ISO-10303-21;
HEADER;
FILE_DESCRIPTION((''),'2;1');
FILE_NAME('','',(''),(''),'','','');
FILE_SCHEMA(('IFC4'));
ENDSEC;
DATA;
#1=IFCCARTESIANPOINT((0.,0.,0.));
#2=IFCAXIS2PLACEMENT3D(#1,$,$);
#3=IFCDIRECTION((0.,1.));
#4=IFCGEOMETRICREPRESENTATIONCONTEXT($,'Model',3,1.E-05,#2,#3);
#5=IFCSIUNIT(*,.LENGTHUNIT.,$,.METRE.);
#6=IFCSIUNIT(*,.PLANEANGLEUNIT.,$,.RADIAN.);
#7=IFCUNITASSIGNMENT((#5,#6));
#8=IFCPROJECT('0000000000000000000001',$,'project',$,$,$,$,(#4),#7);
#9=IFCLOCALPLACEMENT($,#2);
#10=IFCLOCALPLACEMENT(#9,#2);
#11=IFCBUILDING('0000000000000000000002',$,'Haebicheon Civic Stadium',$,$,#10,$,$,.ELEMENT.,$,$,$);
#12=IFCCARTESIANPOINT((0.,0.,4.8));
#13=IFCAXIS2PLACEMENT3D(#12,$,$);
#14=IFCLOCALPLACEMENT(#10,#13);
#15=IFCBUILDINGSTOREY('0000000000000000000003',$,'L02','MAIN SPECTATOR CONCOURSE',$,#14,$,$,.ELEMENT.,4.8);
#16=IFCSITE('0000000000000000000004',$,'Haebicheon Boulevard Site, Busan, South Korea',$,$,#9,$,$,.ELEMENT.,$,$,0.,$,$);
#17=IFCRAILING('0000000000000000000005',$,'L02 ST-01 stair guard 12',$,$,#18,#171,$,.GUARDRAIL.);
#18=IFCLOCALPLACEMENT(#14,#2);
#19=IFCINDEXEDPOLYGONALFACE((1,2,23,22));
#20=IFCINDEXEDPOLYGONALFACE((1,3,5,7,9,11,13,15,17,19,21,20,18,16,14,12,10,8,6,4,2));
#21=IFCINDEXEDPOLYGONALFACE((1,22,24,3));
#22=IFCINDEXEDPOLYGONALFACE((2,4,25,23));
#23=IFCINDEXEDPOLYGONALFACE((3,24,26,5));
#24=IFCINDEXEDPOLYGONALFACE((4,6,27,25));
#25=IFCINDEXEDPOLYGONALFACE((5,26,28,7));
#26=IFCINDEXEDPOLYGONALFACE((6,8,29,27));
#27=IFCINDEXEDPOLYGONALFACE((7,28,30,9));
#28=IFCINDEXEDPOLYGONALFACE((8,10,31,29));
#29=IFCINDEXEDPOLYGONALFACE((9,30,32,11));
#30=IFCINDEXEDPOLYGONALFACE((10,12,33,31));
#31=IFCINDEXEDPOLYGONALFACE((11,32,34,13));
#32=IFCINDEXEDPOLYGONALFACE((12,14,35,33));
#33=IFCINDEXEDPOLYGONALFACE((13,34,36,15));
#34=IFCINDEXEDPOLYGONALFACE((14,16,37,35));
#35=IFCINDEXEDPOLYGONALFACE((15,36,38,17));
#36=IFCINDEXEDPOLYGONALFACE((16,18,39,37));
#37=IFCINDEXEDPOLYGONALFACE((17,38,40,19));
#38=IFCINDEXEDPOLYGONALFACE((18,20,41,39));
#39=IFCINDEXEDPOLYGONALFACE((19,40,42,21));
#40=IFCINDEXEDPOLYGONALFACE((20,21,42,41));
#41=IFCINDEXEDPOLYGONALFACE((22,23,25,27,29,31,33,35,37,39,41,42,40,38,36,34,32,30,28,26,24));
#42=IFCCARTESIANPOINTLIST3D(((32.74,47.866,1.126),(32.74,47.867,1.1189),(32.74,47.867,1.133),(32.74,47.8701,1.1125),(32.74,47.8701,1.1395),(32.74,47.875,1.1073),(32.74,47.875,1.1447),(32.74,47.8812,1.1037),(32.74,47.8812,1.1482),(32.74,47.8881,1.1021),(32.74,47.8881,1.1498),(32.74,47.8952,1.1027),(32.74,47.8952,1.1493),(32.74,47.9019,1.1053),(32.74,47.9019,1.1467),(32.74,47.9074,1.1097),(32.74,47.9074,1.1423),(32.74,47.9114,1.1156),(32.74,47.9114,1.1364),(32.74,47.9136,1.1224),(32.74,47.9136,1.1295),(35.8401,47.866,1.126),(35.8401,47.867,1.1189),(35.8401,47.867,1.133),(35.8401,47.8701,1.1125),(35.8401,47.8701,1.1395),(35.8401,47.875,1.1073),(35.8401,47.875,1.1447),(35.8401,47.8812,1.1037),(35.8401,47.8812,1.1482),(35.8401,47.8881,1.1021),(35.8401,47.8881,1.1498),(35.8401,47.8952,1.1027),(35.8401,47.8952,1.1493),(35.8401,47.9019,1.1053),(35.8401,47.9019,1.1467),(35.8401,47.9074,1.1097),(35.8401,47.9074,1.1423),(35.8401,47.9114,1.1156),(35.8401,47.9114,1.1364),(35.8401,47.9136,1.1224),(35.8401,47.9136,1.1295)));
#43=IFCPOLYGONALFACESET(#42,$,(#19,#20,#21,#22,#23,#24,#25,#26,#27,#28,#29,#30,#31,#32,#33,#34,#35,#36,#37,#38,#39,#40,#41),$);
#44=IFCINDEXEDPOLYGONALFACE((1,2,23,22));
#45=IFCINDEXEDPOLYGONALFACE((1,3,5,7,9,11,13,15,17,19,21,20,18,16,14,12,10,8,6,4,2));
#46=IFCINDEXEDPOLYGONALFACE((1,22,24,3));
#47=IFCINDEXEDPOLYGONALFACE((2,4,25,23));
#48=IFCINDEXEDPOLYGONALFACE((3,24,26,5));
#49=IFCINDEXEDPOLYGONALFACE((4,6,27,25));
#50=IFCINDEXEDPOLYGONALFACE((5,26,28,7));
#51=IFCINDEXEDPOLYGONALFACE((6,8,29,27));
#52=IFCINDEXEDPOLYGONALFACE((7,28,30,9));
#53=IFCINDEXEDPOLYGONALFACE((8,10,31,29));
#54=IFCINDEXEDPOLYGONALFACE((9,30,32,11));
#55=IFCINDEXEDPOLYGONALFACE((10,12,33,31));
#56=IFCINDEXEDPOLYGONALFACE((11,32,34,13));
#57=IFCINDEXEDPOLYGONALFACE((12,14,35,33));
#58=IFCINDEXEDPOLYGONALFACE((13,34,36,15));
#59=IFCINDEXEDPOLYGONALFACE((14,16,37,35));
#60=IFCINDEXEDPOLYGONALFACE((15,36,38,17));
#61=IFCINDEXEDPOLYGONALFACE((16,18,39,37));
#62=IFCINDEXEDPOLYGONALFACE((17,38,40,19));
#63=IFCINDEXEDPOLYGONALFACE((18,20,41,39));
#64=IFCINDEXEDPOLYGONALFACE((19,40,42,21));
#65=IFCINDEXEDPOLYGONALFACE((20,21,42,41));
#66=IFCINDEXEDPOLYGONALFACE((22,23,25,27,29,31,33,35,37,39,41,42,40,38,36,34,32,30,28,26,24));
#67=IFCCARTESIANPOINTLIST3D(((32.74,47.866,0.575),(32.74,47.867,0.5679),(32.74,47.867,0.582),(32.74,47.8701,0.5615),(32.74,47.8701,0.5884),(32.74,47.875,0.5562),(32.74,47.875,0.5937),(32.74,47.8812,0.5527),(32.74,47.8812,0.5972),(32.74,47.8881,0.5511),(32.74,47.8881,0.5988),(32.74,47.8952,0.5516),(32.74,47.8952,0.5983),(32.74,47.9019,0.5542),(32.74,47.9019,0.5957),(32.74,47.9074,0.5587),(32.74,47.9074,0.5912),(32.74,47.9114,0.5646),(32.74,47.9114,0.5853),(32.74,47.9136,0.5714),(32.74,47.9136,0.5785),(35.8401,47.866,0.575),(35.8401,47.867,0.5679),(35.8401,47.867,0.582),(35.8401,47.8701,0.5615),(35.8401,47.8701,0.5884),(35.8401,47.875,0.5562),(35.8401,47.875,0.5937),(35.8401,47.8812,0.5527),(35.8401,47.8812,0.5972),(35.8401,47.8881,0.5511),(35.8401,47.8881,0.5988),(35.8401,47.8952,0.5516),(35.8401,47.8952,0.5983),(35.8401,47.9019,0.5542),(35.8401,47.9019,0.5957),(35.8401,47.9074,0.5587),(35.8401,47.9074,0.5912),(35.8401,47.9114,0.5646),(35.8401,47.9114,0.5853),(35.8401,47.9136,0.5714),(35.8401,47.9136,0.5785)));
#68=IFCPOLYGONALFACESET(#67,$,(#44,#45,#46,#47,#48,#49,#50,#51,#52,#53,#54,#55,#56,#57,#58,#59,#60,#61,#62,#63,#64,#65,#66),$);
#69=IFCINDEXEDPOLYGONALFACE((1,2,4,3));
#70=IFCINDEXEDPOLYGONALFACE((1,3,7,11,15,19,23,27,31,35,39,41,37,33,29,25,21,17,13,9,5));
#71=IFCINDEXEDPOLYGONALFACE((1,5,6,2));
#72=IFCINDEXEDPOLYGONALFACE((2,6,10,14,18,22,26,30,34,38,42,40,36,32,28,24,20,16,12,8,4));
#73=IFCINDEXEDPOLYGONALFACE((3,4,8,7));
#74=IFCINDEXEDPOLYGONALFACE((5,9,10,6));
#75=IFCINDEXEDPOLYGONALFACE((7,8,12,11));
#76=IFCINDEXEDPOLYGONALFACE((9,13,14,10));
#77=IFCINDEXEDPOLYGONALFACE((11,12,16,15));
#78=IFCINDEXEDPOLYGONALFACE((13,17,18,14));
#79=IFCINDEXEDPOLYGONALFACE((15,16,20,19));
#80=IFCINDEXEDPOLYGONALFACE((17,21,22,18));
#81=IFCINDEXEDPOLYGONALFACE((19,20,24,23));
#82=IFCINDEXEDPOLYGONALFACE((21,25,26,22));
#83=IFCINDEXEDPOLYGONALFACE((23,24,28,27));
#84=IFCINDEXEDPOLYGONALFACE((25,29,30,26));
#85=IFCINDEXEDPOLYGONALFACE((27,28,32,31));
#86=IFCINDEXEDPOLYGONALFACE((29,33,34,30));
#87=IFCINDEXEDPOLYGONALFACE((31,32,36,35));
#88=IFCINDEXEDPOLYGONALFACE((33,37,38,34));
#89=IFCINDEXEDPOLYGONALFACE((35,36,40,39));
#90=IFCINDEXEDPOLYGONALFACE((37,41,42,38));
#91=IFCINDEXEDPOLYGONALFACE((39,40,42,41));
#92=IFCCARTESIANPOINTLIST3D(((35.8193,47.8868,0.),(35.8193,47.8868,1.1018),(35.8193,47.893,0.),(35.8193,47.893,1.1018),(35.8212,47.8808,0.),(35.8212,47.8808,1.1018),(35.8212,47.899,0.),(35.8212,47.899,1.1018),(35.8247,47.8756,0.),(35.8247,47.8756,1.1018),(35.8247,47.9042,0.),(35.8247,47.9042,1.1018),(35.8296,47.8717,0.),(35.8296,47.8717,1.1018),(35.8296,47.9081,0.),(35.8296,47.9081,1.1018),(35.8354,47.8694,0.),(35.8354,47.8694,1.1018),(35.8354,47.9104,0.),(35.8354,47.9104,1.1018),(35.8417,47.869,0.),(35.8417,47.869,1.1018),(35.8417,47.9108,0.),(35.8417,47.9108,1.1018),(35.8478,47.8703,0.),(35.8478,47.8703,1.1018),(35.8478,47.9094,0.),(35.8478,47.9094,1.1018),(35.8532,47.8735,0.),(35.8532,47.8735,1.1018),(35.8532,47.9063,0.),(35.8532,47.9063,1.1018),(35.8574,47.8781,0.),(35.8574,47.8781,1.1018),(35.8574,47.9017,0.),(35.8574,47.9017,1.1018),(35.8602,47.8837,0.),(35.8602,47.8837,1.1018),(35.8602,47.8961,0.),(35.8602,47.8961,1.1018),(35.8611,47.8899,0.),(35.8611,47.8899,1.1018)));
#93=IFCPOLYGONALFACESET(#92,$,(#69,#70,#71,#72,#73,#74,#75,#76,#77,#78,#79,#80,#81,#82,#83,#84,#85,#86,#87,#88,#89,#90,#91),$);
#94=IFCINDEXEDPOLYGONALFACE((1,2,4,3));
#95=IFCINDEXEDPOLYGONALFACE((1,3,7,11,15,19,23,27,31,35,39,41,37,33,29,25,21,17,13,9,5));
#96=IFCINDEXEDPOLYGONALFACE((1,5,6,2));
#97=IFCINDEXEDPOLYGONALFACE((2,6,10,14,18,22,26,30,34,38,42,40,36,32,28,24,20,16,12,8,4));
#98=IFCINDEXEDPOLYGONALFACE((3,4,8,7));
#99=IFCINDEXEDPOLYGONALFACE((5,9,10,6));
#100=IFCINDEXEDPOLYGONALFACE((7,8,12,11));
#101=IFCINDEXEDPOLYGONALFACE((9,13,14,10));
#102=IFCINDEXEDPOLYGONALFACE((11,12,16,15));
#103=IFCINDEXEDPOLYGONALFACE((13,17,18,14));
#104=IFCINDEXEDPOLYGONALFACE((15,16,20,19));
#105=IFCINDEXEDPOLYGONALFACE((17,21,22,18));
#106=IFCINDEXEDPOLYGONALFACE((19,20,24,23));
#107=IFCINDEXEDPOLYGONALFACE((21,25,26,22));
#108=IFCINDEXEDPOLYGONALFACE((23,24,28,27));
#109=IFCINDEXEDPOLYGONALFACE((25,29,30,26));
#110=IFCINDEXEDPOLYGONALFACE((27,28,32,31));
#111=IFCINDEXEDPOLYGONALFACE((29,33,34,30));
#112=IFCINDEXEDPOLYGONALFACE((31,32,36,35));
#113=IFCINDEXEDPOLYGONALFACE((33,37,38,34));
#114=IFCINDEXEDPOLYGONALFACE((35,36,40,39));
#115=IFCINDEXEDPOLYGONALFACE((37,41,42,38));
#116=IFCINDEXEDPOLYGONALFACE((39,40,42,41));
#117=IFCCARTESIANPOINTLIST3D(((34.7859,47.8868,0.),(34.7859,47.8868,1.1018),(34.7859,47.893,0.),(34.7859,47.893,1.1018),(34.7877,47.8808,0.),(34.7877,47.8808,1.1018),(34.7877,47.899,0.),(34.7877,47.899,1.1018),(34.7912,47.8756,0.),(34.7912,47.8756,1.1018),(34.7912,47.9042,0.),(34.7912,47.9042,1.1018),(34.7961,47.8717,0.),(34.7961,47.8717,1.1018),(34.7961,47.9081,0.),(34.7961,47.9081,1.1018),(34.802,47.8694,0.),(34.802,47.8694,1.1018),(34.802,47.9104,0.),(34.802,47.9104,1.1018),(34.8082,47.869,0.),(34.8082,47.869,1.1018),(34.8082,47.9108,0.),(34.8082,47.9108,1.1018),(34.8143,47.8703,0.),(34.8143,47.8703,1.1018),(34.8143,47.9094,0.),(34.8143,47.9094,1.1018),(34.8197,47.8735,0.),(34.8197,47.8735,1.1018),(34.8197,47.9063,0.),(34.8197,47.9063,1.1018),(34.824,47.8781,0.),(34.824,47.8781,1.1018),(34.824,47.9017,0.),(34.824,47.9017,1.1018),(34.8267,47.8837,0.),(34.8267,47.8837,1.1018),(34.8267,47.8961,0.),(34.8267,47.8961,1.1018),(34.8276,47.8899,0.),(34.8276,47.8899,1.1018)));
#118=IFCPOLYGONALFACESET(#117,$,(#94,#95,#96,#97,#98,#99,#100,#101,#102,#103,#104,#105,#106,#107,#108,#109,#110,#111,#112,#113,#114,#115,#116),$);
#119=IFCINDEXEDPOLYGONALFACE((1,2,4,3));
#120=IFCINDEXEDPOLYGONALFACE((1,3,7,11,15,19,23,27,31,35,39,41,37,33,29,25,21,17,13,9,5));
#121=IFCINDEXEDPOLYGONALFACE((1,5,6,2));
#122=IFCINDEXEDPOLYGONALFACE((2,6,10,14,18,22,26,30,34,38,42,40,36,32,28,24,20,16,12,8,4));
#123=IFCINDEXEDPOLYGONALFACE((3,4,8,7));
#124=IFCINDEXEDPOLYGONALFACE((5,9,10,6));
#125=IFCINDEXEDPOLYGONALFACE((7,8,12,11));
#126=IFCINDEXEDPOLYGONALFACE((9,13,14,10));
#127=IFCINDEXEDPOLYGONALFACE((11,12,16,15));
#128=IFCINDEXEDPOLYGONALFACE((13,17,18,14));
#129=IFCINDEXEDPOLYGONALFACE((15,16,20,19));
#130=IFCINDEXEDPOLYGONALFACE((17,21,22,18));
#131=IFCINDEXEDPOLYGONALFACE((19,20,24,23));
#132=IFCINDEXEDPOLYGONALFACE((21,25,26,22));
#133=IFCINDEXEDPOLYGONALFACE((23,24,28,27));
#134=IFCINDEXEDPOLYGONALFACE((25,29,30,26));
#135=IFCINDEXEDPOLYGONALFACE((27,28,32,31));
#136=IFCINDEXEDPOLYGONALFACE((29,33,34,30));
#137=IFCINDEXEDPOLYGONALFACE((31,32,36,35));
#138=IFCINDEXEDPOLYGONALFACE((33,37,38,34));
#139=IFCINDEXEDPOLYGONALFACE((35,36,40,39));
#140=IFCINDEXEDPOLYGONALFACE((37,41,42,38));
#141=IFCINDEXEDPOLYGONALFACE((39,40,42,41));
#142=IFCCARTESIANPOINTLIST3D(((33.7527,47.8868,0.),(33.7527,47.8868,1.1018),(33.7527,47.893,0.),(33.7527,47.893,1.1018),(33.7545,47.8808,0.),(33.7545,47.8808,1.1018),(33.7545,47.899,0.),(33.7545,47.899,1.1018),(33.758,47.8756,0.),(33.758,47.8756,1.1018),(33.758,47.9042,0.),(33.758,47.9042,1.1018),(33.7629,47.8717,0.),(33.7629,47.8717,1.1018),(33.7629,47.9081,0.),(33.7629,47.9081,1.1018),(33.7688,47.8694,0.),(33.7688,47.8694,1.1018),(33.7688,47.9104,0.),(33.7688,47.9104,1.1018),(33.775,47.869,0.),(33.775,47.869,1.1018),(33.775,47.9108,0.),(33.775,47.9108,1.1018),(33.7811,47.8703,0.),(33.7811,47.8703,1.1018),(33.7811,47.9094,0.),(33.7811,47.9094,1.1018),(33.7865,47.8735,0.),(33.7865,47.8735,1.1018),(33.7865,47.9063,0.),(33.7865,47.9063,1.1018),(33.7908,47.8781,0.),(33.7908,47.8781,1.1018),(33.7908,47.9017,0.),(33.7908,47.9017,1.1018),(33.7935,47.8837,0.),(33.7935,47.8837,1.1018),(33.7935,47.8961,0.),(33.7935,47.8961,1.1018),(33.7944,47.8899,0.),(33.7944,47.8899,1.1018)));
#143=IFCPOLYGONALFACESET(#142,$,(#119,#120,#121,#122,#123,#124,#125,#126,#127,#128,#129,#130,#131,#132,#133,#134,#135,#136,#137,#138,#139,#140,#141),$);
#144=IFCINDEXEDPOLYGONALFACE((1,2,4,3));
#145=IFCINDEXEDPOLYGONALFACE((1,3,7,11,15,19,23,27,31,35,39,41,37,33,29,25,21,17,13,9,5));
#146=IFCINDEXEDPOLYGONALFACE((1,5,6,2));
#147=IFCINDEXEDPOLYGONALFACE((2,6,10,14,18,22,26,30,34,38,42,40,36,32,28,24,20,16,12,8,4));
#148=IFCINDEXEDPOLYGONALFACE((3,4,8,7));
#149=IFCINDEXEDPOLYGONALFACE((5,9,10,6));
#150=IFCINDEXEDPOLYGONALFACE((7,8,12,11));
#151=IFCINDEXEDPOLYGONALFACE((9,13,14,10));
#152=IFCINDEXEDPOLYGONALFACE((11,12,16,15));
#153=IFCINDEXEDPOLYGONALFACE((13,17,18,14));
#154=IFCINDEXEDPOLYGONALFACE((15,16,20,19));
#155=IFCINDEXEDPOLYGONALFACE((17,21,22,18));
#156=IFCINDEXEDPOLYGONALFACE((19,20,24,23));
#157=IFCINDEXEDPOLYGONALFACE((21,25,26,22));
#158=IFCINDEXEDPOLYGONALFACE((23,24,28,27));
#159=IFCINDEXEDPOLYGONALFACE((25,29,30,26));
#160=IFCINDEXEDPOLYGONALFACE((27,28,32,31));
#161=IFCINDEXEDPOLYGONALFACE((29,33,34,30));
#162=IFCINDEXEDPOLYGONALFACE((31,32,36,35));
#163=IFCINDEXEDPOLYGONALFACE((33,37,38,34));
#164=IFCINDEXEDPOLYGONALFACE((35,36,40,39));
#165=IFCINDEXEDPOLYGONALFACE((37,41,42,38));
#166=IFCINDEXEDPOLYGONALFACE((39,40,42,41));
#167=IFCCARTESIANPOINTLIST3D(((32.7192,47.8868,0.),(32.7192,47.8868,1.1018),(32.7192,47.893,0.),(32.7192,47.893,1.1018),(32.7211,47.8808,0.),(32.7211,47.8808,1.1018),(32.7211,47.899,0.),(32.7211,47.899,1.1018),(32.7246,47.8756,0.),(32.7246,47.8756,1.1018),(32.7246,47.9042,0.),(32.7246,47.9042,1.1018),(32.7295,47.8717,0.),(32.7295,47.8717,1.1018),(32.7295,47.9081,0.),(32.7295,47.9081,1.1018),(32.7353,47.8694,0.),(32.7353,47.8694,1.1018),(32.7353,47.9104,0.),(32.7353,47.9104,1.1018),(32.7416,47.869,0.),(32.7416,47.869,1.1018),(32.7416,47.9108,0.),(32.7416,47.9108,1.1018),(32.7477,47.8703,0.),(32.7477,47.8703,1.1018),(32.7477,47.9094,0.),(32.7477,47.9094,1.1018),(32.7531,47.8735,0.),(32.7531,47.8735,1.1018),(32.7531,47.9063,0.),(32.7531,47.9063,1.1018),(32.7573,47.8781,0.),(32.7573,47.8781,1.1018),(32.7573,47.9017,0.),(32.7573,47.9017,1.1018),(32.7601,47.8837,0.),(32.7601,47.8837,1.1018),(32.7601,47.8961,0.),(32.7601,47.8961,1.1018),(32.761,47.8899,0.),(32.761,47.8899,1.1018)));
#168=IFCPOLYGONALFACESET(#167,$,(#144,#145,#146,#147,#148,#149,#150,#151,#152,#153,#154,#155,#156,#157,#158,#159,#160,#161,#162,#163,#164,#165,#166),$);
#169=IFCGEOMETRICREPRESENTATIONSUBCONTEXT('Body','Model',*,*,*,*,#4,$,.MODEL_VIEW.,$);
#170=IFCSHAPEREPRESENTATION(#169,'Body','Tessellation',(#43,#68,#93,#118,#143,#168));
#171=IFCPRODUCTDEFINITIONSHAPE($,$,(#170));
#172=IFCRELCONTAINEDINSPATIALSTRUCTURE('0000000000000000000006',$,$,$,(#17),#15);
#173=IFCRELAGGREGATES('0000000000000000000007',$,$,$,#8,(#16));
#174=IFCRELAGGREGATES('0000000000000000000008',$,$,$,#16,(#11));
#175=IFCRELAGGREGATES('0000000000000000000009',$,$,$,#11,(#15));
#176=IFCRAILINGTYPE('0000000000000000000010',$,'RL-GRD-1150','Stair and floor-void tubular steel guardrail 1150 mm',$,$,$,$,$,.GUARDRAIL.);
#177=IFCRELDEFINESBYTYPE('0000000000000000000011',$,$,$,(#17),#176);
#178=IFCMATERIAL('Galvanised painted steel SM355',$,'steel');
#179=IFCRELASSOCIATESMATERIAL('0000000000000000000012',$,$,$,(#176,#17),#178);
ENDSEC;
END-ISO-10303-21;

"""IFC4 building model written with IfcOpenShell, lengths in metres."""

from ifc_helpers import new_model, si_unit, direction, frame, origin, origin_2d, place, context, subcontext, project, spatial, circle, extrude, material, type_object, element, save


model = new_model("IFC4")

# Units and contexts
model_context = context("Model", 3, precision=1e-05, world=origin(), true_north=direction((0.0, 1.0)))
body_context = subcontext(model_context, "Body", "Model", "MODEL_VIEW")
ifc_project = project(units=[si_unit("LENGTHUNIT", "METRE"), si_unit("PLANEANGLEUNIT", "RADIAN")], contexts=[model_context])

# Site, building, storey
site_placement = place(None, origin())
site = spatial("IfcSite", under=ifc_project, at=site_placement, Name="Haebicheon Boulevard Site, Busan, South Korea", CompositionType="ELEMENT", RefElevation=0.0)
building_placement = place(site_placement, origin())
building = spatial("IfcBuilding", under=site, at=building_placement, Name="Haebicheon Civic Stadium", CompositionType="ELEMENT")
storey_placement = place(building_placement, frame((0.0, 0.0, 4.8)))
storey = spatial("IfcBuildingStorey", under=building, at=storey_placement, Name="L02", Description="MAIN SPECTATOR CONCOURSE", CompositionType="ELEMENT", Elevation=4.8)

# Railing
ifc_material_1 = material(Name="Galvanised painted steel SM355", Category="steel")
railing_type_1 = type_object("IfcRailingType", Name="RL-GRD-1150", Description="Stair and floor-void tubular steel guardrail 1150 mm", PredefinedType="GUARDRAIL", material=ifc_material_1)
railing_1_placement = place(storey_placement, frame((35.8401, 47.8899, 0.0)))
element("IfcRailing", 1, at=railing_1_placement, inside=storey, type_object=railing_type_1, material=ifc_material_1, Name="L02 ST-01 stair guard 12", PredefinedType="GUARDRAIL", context=body_context, shape_type="SweptSolid", body=[
    extrude(circle(Radius=0.0239, at=origin_2d()), frame((0.0, 0.0, 1.126), z_axis=(-1.0, 0.0, 0.0), x_axis=(0.0, -1.0, 0.0)), (0.0, 0.0, 1.0), 3.1001),
    extrude(circle(Radius=0.0239, at=origin_2d()), frame((0.0, 0.0, 0.575), z_axis=(-1.0, 0.0, 0.0), x_axis=(0.0, -1.0, 0.0)), (0.0, 0.0, 1.0), 3.1001),
    extrude(circle(Radius=0.021, at=origin_2d()), origin(), (0.0, 0.0, 1.0), 1.1018),
    extrude(circle(Radius=0.021, at=origin_2d()), frame((-1.0334, 0.0, 0.0)), (0.0, 0.0, 1.0), 1.1018),
    extrude(circle(Radius=0.021, at=origin_2d()), frame((-2.0667, 0.0, 0.0)), (0.0, 0.0, 1.0), 1.1018),
    extrude(circle(Radius=0.021, at=origin_2d()), frame((-3.1001, 0.0, 0.0)), (0.0, 0.0, 1.0), 1.1018),
])

save(model, "model.ifc")
